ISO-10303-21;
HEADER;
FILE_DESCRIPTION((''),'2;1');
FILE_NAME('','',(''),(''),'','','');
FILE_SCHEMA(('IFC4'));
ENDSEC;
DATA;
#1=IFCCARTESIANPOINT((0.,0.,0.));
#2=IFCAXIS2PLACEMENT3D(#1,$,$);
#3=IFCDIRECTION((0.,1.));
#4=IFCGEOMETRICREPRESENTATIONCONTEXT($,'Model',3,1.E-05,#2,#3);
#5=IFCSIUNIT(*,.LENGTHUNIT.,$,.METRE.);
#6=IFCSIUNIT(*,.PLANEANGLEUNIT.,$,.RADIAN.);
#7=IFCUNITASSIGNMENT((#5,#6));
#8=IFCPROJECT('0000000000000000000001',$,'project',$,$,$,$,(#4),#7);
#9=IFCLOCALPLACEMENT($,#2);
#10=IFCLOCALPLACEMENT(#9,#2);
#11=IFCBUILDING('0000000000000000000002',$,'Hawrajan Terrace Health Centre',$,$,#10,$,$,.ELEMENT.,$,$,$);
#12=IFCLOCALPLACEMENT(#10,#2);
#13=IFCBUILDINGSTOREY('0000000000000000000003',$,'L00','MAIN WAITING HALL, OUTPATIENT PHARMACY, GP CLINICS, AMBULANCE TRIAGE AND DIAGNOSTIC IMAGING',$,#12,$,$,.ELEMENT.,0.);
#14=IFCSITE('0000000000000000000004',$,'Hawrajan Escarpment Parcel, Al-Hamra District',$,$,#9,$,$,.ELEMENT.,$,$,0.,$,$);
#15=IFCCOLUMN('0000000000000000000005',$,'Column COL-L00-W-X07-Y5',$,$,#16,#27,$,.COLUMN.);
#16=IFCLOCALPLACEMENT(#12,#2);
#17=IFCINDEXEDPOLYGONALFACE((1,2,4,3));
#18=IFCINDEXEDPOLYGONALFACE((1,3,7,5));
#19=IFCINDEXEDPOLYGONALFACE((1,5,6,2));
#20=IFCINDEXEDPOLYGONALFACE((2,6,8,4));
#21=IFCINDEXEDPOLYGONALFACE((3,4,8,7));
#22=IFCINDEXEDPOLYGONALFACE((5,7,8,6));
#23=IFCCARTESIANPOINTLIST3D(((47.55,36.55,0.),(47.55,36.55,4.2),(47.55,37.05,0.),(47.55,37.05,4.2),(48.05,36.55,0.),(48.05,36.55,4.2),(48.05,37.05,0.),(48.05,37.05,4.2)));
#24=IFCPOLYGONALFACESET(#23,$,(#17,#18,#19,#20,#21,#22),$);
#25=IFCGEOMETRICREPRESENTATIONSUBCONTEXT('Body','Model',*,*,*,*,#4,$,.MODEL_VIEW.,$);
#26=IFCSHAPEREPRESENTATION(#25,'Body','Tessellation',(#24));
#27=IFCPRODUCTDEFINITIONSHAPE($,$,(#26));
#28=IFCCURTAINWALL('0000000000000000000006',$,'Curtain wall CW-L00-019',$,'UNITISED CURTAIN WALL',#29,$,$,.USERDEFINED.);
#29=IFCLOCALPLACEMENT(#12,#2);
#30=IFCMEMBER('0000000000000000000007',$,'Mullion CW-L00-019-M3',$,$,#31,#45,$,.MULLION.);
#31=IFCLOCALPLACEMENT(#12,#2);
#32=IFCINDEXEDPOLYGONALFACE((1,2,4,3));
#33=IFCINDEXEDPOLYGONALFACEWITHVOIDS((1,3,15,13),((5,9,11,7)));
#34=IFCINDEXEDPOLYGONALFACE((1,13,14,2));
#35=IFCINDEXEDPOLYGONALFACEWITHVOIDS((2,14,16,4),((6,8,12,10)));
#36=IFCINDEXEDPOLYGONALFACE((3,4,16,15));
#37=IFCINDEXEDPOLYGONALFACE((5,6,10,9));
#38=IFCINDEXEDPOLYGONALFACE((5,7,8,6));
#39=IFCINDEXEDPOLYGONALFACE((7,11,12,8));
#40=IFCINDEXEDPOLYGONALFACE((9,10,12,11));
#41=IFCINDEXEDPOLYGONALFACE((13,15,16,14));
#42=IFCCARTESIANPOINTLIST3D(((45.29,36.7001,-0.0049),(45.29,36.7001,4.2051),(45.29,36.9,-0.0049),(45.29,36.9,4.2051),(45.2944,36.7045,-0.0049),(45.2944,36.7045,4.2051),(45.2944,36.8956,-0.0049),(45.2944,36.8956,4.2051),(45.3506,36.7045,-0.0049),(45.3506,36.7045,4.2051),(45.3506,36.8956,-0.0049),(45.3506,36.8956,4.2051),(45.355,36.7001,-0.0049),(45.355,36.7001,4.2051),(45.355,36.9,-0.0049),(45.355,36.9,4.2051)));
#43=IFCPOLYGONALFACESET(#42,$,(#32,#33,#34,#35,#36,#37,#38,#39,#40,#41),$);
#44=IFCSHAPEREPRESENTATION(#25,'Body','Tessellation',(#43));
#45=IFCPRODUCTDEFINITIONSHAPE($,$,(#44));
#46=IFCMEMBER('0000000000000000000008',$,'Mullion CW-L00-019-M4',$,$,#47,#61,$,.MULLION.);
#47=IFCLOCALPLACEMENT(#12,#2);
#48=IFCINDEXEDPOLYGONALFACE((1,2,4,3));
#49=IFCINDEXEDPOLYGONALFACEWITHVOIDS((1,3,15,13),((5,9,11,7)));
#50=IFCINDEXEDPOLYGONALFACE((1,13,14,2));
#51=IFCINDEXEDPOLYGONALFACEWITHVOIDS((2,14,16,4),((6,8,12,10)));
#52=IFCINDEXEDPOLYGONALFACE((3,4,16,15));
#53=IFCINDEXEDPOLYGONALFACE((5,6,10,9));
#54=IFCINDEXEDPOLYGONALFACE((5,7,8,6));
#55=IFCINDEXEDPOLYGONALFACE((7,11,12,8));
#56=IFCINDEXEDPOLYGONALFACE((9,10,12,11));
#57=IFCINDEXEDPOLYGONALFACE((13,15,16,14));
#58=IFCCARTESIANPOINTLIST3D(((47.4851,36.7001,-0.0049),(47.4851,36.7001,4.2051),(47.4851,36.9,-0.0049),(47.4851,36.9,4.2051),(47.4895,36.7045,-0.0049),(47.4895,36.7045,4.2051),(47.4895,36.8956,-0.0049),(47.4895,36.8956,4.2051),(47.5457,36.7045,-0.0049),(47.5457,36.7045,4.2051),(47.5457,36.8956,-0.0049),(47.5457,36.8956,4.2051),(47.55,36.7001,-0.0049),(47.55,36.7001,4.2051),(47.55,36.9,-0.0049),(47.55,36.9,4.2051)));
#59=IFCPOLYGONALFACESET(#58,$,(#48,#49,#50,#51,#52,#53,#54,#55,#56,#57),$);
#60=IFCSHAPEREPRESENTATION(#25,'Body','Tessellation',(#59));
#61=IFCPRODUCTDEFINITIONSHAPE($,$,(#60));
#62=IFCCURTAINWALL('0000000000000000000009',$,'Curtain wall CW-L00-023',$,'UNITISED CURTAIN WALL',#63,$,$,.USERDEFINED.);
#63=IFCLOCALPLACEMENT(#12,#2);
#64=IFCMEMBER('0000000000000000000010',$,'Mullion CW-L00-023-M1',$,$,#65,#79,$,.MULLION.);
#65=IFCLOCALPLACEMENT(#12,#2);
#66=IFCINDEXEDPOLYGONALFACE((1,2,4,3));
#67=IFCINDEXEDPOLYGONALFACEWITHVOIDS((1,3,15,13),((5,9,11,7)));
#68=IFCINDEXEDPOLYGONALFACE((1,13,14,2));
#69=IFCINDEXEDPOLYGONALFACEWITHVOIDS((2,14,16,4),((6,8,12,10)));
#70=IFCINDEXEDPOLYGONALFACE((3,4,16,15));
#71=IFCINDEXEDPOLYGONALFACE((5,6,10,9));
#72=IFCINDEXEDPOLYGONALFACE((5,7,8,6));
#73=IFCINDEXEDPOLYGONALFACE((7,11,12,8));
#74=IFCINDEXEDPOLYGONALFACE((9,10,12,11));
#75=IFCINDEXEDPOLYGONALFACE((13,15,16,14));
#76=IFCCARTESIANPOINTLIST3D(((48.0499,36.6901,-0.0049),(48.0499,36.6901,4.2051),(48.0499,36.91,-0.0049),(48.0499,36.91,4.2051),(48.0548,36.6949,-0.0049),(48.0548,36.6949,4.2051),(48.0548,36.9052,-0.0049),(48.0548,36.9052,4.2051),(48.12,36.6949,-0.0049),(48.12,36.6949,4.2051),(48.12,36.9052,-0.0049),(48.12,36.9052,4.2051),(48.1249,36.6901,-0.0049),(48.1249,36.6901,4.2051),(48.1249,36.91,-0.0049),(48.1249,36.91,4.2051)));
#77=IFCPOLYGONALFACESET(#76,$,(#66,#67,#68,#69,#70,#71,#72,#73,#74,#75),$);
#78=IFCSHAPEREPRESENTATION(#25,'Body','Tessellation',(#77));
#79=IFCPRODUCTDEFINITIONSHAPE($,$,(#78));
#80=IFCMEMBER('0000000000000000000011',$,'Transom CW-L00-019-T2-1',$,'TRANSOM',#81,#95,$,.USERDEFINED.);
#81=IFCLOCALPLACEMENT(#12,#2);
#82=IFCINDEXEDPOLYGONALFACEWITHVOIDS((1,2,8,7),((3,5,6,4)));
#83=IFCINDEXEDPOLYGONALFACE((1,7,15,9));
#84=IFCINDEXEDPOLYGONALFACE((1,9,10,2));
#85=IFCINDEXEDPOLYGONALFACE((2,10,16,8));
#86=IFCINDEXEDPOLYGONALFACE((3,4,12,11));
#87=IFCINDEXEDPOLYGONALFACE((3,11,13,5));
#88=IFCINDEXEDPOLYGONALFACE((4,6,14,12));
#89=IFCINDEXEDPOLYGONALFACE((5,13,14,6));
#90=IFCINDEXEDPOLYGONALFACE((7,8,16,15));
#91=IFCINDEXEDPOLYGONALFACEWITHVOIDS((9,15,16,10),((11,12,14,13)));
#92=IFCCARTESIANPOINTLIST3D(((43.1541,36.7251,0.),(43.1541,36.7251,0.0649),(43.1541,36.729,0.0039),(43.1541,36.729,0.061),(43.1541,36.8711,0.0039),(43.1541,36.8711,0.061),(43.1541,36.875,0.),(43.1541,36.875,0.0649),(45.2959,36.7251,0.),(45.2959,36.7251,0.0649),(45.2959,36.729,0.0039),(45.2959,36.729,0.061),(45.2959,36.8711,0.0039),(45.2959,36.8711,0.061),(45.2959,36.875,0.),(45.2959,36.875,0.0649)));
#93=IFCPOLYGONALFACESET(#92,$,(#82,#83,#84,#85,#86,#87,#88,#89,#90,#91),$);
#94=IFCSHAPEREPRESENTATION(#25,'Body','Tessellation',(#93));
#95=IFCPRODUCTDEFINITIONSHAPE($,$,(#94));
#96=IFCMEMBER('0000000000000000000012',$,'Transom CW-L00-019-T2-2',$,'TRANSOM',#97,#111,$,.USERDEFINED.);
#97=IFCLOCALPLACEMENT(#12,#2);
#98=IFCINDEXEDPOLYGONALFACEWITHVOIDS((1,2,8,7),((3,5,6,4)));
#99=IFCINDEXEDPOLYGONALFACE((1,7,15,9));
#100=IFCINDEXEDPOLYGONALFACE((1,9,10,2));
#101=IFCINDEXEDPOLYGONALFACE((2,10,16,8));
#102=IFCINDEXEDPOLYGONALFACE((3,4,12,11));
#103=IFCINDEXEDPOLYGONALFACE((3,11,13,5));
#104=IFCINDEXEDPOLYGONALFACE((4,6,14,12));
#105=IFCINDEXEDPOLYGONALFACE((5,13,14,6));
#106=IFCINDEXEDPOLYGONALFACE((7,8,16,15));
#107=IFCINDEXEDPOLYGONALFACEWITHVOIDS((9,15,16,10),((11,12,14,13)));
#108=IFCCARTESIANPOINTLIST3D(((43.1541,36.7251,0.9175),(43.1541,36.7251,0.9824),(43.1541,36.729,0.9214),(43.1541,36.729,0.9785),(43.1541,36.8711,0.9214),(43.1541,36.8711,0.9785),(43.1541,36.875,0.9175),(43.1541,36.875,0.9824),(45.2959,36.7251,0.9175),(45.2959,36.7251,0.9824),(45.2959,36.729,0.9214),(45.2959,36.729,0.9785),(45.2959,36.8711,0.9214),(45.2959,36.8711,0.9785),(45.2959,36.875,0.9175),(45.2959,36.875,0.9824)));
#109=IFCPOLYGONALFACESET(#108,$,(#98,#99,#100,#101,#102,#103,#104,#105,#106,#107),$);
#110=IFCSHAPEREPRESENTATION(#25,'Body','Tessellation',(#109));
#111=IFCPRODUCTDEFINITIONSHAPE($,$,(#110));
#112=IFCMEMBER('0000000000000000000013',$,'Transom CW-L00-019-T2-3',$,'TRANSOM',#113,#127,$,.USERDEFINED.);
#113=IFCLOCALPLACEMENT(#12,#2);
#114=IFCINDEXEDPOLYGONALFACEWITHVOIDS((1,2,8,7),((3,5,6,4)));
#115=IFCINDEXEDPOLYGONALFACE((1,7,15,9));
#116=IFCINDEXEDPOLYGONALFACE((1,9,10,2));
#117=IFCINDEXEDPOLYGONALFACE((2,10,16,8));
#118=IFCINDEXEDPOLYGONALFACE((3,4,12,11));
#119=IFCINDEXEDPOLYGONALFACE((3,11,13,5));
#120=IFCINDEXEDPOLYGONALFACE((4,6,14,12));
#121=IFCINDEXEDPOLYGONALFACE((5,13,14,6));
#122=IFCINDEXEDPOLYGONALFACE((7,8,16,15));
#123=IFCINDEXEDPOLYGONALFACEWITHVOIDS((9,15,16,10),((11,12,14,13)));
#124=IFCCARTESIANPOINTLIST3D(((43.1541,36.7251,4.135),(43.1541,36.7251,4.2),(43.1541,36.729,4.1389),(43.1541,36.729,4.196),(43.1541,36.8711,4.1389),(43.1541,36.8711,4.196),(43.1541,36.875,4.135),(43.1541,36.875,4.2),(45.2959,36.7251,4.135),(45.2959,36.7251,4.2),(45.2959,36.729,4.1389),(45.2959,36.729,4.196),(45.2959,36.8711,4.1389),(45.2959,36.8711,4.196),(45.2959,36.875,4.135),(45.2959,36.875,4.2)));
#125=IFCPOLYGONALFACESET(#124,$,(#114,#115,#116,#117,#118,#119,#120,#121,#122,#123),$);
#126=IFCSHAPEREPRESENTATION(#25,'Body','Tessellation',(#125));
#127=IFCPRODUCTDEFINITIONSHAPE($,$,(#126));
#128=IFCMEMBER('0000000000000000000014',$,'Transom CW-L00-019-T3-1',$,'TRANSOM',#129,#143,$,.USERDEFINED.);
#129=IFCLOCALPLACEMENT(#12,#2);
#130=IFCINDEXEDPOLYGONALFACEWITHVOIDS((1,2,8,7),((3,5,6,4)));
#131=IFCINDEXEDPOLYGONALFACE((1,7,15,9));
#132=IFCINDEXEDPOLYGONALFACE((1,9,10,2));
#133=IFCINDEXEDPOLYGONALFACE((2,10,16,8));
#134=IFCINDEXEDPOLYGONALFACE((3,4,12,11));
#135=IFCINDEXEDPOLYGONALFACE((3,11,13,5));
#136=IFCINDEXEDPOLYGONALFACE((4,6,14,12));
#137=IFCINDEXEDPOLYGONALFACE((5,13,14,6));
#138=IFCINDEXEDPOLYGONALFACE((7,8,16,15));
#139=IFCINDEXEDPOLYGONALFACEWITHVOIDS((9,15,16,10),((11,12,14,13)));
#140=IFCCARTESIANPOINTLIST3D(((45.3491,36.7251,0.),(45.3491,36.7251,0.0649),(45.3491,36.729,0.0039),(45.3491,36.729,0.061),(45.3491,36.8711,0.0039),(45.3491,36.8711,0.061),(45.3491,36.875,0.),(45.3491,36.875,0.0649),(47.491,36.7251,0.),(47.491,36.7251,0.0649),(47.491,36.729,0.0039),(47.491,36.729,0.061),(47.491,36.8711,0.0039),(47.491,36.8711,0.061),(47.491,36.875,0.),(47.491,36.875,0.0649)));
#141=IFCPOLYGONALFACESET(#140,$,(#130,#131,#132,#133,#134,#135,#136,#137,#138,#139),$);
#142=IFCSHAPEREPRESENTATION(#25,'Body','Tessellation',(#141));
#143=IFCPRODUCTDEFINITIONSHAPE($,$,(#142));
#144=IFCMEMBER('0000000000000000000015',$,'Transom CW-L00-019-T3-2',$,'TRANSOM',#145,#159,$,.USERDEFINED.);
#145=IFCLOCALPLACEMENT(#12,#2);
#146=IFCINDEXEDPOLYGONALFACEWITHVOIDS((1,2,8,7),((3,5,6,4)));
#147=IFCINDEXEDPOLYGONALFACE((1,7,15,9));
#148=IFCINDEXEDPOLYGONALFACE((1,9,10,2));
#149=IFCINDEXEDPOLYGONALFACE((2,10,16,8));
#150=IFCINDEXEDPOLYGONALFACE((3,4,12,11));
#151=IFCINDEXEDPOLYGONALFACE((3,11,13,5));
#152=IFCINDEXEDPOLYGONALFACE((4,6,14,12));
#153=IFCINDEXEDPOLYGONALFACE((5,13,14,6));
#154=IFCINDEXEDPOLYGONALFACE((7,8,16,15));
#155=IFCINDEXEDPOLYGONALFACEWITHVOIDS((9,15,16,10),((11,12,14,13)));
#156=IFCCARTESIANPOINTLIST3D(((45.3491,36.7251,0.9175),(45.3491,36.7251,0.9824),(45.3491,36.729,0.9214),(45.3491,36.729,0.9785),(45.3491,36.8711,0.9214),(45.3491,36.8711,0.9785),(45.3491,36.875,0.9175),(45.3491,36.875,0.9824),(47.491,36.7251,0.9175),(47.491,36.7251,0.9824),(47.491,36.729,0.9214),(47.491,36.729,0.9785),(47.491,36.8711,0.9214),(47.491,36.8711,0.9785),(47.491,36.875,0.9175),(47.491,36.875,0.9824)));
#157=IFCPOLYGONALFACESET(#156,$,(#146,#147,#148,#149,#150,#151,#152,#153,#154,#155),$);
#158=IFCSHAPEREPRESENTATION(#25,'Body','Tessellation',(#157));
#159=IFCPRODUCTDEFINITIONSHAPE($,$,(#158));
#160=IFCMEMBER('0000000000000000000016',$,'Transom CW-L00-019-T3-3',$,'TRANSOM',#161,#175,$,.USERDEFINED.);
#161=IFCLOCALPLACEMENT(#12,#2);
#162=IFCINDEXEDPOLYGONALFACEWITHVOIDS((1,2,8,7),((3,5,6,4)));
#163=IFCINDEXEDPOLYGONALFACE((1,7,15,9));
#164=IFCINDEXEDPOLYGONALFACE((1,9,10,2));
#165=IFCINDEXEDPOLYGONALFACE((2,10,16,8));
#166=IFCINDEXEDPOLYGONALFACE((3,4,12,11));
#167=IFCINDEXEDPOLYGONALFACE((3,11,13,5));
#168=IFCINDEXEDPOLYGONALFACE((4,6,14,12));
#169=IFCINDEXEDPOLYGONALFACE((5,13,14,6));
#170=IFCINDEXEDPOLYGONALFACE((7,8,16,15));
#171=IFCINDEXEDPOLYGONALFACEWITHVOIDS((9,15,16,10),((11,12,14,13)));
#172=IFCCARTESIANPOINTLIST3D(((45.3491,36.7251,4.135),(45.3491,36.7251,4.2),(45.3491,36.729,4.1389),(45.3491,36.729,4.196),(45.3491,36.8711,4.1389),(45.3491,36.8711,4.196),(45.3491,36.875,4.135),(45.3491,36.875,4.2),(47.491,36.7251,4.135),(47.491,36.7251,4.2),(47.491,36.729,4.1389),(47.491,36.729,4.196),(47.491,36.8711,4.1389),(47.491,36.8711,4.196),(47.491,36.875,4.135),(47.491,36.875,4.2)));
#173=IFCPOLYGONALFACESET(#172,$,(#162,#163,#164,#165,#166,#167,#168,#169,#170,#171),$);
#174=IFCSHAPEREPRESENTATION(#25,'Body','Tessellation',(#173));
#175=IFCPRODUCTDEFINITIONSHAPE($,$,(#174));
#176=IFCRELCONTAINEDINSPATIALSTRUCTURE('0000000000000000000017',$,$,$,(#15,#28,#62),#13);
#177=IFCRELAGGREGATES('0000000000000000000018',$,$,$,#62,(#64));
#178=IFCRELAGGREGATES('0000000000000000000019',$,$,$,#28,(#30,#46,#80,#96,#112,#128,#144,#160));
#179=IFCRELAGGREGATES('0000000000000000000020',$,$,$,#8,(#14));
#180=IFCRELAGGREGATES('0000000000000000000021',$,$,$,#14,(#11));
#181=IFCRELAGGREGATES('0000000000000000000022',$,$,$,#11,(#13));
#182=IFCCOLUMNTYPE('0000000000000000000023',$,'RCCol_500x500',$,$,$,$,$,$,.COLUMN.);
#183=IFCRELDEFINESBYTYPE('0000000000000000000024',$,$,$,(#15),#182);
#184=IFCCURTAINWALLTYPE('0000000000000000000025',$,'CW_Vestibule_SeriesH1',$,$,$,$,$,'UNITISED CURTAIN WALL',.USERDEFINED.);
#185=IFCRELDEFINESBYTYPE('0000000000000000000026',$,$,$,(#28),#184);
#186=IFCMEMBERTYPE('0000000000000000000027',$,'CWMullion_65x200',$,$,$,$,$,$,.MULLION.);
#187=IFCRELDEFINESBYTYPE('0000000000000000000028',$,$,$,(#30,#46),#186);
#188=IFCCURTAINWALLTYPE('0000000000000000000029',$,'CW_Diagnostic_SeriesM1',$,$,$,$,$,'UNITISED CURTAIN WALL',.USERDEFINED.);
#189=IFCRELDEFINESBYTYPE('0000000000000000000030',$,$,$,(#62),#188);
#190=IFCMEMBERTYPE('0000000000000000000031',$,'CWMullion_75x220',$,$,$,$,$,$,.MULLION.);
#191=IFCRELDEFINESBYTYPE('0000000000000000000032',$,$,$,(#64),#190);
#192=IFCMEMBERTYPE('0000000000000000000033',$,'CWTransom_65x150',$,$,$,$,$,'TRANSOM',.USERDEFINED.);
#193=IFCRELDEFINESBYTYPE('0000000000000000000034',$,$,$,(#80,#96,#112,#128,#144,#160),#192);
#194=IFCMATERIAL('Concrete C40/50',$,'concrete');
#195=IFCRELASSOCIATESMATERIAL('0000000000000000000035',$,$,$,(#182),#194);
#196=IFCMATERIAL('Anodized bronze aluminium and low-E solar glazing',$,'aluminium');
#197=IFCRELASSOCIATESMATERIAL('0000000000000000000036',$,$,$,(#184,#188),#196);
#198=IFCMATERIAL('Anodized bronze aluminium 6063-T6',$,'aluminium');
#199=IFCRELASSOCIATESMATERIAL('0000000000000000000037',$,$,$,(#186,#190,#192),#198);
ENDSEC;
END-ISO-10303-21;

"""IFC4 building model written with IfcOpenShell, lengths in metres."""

from ifc_helpers import new_model, si_unit, direction, frame, origin, origin_2d, place, context, subcontext, project, spatial, rectangle, hollow_rectangle, extrude, material, material_profile, profile_set, type_object, element, aggregate, save


model = new_model("IFC4")

# Units and contexts
model_context = context("Model", 3, precision=1e-05, world=origin(), true_north=direction((0.0, 1.0)))
body_context = subcontext(model_context, "Body", "Model", "MODEL_VIEW")
ifc_project = project(units=[si_unit("LENGTHUNIT", "METRE"), si_unit("PLANEANGLEUNIT", "RADIAN")], contexts=[model_context])

# Site, building, storey
site_placement = place(None, origin())
site = spatial("IfcSite", under=ifc_project, at=site_placement, Name="Hawrajan Escarpment Parcel, Al-Hamra District", CompositionType="ELEMENT", RefElevation=0.0)
building_placement = place(site_placement, origin())
building = spatial("IfcBuilding", under=site, at=building_placement, Name="Hawrajan Terrace Health Centre", CompositionType="ELEMENT")
storey_placement = place(building_placement, origin())
storey = spatial("IfcBuildingStorey", under=building, at=storey_placement, Name="L00", Description="MAIN WAITING HALL, OUTPATIENT PHARMACY, GP CLINICS, AMBULANCE TRIAGE AND DIAGNOSTIC IMAGING", CompositionType="ELEMENT", Elevation=0.0)

# Column
ifc_material_1 = material(Name="Concrete C40/50", Category="concrete")
ifc_material_profile_1 = material_profile(ifc_material_1, rectangle(XDim=0.5, YDim=0.5, at=origin_2d()), Name="RC 500x500")
ifc_profile_set_1 = profile_set([ifc_material_profile_1], Name="Concrete C40/50")
column_type = type_object("IfcColumnType", Name="RCCol_500x500", PredefinedType="COLUMN", material=ifc_profile_set_1)
column_placement = place(storey_placement, frame((47.8, 36.8, 0.0), z_axis=(0.0, 0.0, 1.0), x_axis=(1.0, 0.0, 0.0)))
element("IfcColumn", 1, at=column_placement, inside=storey, type_object=column_type, Name="Column COL-L00-W-X07-Y5", PredefinedType="COLUMN", context=body_context, shape_type="SweptSolid", body=[
    extrude(rectangle(XDim=0.5, YDim=0.5, at=origin_2d()), origin(), (0.0, 0.0, 1.0), 4.2),
])

# Curtain wall, members
ifc_material_2 = material(Name="Anodized bronze aluminium and low-E solar glazing", Category="aluminium")
curtain_wall_type_1 = type_object("IfcCurtainWallType", Name="CW_Vestibule_SeriesH1", ElementType="UNITISED CURTAIN WALL", PredefinedType="USERDEFINED", material=ifc_material_2)
curtain_wall_1_placement = place(storey_placement, origin())
curtain_wall_1 = element("IfcCurtainWall", 2, at=curtain_wall_1_placement, inside=storey, type_object=curtain_wall_type_1, Name="Curtain wall CW-L00-019", ObjectType="UNITISED CURTAIN WALL", PredefinedType="USERDEFINED")
ifc_material_3 = material(Name="Anodized bronze aluminium 6063-T6", Category="aluminium")
ifc_material_profile_2 = material_profile(ifc_material_3, hollow_rectangle(XDim=0.0649, YDim=0.2, WallThickness=0.0044, at=origin_2d()), Name="CW MUL 65x200")
ifc_profile_set_2 = profile_set([ifc_material_profile_2], Name="Anodized bronze aluminium 6063-T6")
member_type_1 = type_object("IfcMemberType", Name="CWMullion_65x200", PredefinedType="MULLION", material=ifc_profile_set_2)
member_1_placement = place(storey_placement, frame((45.3225, 36.8, -0.0049), z_axis=(0.0, 0.0, 1.0), x_axis=(1.0, 0.0, 0.0)))
member_1 = element("IfcMember", 3, at=member_1_placement, type_object=member_type_1, Name="Mullion CW-L00-019-M3", PredefinedType="MULLION", context=body_context, shape_type="SweptSolid", body=[
    extrude(hollow_rectangle(XDim=0.0649, YDim=0.2, WallThickness=0.0044, at=origin_2d()), origin(), (0.0, 0.0, 1.0), 4.21),
])
member_2_placement = place(storey_placement, frame((47.5176, 36.8, -0.0049), z_axis=(0.0, 0.0, 1.0), x_axis=(1.0, 0.0, 0.0)))
member_2 = element("IfcMember", 4, at=member_2_placement, type_object=member_type_1, Name="Mullion CW-L00-019-M4", PredefinedType="MULLION", context=body_context, shape_type="SweptSolid", body=[
    extrude(hollow_rectangle(XDim=0.0649, YDim=0.2, WallThickness=0.0044, at=origin_2d()), origin(), (0.0, 0.0, 1.0), 4.21),
])

# Curtain wall, member
curtain_wall_type_2 = type_object("IfcCurtainWallType", Name="CW_Diagnostic_SeriesM1", ElementType="UNITISED CURTAIN WALL", PredefinedType="USERDEFINED", material=ifc_material_2)
curtain_wall_2_placement = place(storey_placement, origin())
curtain_wall_2 = element("IfcCurtainWall", 5, at=curtain_wall_2_placement, inside=storey, type_object=curtain_wall_type_2, Name="Curtain wall CW-L00-023", ObjectType="UNITISED CURTAIN WALL", PredefinedType="USERDEFINED")
ifc_material_profile_3 = material_profile(ifc_material_3, hollow_rectangle(XDim=0.075, YDim=0.22, WallThickness=0.0049, at=origin_2d()), Name="CW MUL 75x220")
ifc_profile_set_3 = profile_set([ifc_material_profile_3], Name="Anodized bronze aluminium 6063-T6")
member_type_2 = type_object("IfcMemberType", Name="CWMullion_75x220", PredefinedType="MULLION", material=ifc_profile_set_3)
member_3_placement = place(storey_placement, frame((48.0874, 36.8, -0.0049), z_axis=(0.0, 0.0, 1.0), x_axis=(1.0, 0.0, 0.0)))
member_3 = element("IfcMember", 6, at=member_3_placement, type_object=member_type_2, Name="Mullion CW-L00-023-M1", PredefinedType="MULLION", context=body_context, shape_type="SweptSolid", body=[
    extrude(hollow_rectangle(XDim=0.075, YDim=0.22, WallThickness=0.0049, at=origin_2d()), origin(), (0.0, 0.0, 1.0), 4.21),
])

# Members
ifc_material_profile_4 = material_profile(ifc_material_3, hollow_rectangle(XDim=0.0649, YDim=0.1499, WallThickness=0.0039, at=origin_2d()), Name="CW TRN 65x150")
ifc_profile_set_4 = profile_set([ifc_material_profile_4], Name="Anodized bronze aluminium 6063-T6")
member_type_3 = type_object("IfcMemberType", Name="CWTransom_65x150", ElementType="TRANSOM", PredefinedType="USERDEFINED", material=ifc_profile_set_4)
member_4_placement = place(storey_placement, frame((43.1541, 36.8, 0.0325), z_axis=(1.0, 0.0, 0.0), x_axis=(0.0, 0.0, 1.0)))
member_4 = element("IfcMember", 7, at=member_4_placement, type_object=member_type_3, Name="Transom CW-L00-019-T2-1", ObjectType="TRANSOM", PredefinedType="USERDEFINED", context=body_context, shape_type="SweptSolid", body=[
    extrude(hollow_rectangle(XDim=0.0649, YDim=0.1499, WallThickness=0.0039, at=origin_2d()), origin(), (0.0, 0.0, 1.0), 2.1418),
])
member_5_placement = place(storey_placement, frame((43.1541, 36.8, 0.95), z_axis=(1.0, 0.0, 0.0), x_axis=(0.0, 0.0, 1.0)))
member_5 = element("IfcMember", 8, at=member_5_placement, type_object=member_type_3, Name="Transom CW-L00-019-T2-2", ObjectType="TRANSOM", PredefinedType="USERDEFINED", context=body_context, shape_type="SweptSolid", body=[
    extrude(hollow_rectangle(XDim=0.0649, YDim=0.1499, WallThickness=0.0039, at=origin_2d()), origin(), (0.0, 0.0, 1.0), 2.1418),
])
member_6_placement = place(storey_placement, frame((43.1541, 36.8, 4.1675), z_axis=(1.0, 0.0, 0.0), x_axis=(0.0, 0.0, 1.0)))
member_6 = element("IfcMember", 9, at=member_6_placement, type_object=member_type_3, Name="Transom CW-L00-019-T2-3", ObjectType="TRANSOM", PredefinedType="USERDEFINED", context=body_context, shape_type="SweptSolid", body=[
    extrude(hollow_rectangle(XDim=0.0649, YDim=0.1499, WallThickness=0.0039, at=origin_2d()), origin(), (0.0, 0.0, 1.0), 2.1418),
])
member_7_placement = place(storey_placement, frame((45.3491, 36.8, 0.0325), z_axis=(1.0, 0.0, 0.0), x_axis=(0.0, 0.0, 1.0)))
member_7 = element("IfcMember", 10, at=member_7_placement, type_object=member_type_3, Name="Transom CW-L00-019-T3-1", ObjectType="TRANSOM", PredefinedType="USERDEFINED", context=body_context, shape_type="SweptSolid", body=[
    extrude(hollow_rectangle(XDim=0.0649, YDim=0.1499, WallThickness=0.0039, at=origin_2d()), origin(), (0.0, 0.0, 1.0), 2.1418),
])
member_8_placement = place(storey_placement, frame((45.3491, 36.8, 0.95), z_axis=(1.0, 0.0, 0.0), x_axis=(0.0, 0.0, 1.0)))
member_8 = element("IfcMember", 11, at=member_8_placement, type_object=member_type_3, Name="Transom CW-L00-019-T3-2", ObjectType="TRANSOM", PredefinedType="USERDEFINED", context=body_context, shape_type="SweptSolid", body=[
    extrude(hollow_rectangle(XDim=0.0649, YDim=0.1499, WallThickness=0.0039, at=origin_2d()), origin(), (0.0, 0.0, 1.0), 2.1418),
])
member_9_placement = place(storey_placement, frame((45.3491, 36.8, 4.1675), z_axis=(1.0, 0.0, 0.0), x_axis=(0.0, 0.0, 1.0)))
member_9 = element("IfcMember", 12, at=member_9_placement, type_object=member_type_3, Name="Transom CW-L00-019-T3-3", ObjectType="TRANSOM", PredefinedType="USERDEFINED", context=body_context, shape_type="SweptSolid", body=[
    extrude(hollow_rectangle(XDim=0.0649, YDim=0.1499, WallThickness=0.0039, at=origin_2d()), origin(), (0.0, 0.0, 1.0), 2.1418),
])

aggregate(curtain_wall_2, [member_3])
aggregate(curtain_wall_1, [member_1, member_2, member_4, member_5, member_6, member_7, member_8, member_9])

save(model, "model.ifc")
